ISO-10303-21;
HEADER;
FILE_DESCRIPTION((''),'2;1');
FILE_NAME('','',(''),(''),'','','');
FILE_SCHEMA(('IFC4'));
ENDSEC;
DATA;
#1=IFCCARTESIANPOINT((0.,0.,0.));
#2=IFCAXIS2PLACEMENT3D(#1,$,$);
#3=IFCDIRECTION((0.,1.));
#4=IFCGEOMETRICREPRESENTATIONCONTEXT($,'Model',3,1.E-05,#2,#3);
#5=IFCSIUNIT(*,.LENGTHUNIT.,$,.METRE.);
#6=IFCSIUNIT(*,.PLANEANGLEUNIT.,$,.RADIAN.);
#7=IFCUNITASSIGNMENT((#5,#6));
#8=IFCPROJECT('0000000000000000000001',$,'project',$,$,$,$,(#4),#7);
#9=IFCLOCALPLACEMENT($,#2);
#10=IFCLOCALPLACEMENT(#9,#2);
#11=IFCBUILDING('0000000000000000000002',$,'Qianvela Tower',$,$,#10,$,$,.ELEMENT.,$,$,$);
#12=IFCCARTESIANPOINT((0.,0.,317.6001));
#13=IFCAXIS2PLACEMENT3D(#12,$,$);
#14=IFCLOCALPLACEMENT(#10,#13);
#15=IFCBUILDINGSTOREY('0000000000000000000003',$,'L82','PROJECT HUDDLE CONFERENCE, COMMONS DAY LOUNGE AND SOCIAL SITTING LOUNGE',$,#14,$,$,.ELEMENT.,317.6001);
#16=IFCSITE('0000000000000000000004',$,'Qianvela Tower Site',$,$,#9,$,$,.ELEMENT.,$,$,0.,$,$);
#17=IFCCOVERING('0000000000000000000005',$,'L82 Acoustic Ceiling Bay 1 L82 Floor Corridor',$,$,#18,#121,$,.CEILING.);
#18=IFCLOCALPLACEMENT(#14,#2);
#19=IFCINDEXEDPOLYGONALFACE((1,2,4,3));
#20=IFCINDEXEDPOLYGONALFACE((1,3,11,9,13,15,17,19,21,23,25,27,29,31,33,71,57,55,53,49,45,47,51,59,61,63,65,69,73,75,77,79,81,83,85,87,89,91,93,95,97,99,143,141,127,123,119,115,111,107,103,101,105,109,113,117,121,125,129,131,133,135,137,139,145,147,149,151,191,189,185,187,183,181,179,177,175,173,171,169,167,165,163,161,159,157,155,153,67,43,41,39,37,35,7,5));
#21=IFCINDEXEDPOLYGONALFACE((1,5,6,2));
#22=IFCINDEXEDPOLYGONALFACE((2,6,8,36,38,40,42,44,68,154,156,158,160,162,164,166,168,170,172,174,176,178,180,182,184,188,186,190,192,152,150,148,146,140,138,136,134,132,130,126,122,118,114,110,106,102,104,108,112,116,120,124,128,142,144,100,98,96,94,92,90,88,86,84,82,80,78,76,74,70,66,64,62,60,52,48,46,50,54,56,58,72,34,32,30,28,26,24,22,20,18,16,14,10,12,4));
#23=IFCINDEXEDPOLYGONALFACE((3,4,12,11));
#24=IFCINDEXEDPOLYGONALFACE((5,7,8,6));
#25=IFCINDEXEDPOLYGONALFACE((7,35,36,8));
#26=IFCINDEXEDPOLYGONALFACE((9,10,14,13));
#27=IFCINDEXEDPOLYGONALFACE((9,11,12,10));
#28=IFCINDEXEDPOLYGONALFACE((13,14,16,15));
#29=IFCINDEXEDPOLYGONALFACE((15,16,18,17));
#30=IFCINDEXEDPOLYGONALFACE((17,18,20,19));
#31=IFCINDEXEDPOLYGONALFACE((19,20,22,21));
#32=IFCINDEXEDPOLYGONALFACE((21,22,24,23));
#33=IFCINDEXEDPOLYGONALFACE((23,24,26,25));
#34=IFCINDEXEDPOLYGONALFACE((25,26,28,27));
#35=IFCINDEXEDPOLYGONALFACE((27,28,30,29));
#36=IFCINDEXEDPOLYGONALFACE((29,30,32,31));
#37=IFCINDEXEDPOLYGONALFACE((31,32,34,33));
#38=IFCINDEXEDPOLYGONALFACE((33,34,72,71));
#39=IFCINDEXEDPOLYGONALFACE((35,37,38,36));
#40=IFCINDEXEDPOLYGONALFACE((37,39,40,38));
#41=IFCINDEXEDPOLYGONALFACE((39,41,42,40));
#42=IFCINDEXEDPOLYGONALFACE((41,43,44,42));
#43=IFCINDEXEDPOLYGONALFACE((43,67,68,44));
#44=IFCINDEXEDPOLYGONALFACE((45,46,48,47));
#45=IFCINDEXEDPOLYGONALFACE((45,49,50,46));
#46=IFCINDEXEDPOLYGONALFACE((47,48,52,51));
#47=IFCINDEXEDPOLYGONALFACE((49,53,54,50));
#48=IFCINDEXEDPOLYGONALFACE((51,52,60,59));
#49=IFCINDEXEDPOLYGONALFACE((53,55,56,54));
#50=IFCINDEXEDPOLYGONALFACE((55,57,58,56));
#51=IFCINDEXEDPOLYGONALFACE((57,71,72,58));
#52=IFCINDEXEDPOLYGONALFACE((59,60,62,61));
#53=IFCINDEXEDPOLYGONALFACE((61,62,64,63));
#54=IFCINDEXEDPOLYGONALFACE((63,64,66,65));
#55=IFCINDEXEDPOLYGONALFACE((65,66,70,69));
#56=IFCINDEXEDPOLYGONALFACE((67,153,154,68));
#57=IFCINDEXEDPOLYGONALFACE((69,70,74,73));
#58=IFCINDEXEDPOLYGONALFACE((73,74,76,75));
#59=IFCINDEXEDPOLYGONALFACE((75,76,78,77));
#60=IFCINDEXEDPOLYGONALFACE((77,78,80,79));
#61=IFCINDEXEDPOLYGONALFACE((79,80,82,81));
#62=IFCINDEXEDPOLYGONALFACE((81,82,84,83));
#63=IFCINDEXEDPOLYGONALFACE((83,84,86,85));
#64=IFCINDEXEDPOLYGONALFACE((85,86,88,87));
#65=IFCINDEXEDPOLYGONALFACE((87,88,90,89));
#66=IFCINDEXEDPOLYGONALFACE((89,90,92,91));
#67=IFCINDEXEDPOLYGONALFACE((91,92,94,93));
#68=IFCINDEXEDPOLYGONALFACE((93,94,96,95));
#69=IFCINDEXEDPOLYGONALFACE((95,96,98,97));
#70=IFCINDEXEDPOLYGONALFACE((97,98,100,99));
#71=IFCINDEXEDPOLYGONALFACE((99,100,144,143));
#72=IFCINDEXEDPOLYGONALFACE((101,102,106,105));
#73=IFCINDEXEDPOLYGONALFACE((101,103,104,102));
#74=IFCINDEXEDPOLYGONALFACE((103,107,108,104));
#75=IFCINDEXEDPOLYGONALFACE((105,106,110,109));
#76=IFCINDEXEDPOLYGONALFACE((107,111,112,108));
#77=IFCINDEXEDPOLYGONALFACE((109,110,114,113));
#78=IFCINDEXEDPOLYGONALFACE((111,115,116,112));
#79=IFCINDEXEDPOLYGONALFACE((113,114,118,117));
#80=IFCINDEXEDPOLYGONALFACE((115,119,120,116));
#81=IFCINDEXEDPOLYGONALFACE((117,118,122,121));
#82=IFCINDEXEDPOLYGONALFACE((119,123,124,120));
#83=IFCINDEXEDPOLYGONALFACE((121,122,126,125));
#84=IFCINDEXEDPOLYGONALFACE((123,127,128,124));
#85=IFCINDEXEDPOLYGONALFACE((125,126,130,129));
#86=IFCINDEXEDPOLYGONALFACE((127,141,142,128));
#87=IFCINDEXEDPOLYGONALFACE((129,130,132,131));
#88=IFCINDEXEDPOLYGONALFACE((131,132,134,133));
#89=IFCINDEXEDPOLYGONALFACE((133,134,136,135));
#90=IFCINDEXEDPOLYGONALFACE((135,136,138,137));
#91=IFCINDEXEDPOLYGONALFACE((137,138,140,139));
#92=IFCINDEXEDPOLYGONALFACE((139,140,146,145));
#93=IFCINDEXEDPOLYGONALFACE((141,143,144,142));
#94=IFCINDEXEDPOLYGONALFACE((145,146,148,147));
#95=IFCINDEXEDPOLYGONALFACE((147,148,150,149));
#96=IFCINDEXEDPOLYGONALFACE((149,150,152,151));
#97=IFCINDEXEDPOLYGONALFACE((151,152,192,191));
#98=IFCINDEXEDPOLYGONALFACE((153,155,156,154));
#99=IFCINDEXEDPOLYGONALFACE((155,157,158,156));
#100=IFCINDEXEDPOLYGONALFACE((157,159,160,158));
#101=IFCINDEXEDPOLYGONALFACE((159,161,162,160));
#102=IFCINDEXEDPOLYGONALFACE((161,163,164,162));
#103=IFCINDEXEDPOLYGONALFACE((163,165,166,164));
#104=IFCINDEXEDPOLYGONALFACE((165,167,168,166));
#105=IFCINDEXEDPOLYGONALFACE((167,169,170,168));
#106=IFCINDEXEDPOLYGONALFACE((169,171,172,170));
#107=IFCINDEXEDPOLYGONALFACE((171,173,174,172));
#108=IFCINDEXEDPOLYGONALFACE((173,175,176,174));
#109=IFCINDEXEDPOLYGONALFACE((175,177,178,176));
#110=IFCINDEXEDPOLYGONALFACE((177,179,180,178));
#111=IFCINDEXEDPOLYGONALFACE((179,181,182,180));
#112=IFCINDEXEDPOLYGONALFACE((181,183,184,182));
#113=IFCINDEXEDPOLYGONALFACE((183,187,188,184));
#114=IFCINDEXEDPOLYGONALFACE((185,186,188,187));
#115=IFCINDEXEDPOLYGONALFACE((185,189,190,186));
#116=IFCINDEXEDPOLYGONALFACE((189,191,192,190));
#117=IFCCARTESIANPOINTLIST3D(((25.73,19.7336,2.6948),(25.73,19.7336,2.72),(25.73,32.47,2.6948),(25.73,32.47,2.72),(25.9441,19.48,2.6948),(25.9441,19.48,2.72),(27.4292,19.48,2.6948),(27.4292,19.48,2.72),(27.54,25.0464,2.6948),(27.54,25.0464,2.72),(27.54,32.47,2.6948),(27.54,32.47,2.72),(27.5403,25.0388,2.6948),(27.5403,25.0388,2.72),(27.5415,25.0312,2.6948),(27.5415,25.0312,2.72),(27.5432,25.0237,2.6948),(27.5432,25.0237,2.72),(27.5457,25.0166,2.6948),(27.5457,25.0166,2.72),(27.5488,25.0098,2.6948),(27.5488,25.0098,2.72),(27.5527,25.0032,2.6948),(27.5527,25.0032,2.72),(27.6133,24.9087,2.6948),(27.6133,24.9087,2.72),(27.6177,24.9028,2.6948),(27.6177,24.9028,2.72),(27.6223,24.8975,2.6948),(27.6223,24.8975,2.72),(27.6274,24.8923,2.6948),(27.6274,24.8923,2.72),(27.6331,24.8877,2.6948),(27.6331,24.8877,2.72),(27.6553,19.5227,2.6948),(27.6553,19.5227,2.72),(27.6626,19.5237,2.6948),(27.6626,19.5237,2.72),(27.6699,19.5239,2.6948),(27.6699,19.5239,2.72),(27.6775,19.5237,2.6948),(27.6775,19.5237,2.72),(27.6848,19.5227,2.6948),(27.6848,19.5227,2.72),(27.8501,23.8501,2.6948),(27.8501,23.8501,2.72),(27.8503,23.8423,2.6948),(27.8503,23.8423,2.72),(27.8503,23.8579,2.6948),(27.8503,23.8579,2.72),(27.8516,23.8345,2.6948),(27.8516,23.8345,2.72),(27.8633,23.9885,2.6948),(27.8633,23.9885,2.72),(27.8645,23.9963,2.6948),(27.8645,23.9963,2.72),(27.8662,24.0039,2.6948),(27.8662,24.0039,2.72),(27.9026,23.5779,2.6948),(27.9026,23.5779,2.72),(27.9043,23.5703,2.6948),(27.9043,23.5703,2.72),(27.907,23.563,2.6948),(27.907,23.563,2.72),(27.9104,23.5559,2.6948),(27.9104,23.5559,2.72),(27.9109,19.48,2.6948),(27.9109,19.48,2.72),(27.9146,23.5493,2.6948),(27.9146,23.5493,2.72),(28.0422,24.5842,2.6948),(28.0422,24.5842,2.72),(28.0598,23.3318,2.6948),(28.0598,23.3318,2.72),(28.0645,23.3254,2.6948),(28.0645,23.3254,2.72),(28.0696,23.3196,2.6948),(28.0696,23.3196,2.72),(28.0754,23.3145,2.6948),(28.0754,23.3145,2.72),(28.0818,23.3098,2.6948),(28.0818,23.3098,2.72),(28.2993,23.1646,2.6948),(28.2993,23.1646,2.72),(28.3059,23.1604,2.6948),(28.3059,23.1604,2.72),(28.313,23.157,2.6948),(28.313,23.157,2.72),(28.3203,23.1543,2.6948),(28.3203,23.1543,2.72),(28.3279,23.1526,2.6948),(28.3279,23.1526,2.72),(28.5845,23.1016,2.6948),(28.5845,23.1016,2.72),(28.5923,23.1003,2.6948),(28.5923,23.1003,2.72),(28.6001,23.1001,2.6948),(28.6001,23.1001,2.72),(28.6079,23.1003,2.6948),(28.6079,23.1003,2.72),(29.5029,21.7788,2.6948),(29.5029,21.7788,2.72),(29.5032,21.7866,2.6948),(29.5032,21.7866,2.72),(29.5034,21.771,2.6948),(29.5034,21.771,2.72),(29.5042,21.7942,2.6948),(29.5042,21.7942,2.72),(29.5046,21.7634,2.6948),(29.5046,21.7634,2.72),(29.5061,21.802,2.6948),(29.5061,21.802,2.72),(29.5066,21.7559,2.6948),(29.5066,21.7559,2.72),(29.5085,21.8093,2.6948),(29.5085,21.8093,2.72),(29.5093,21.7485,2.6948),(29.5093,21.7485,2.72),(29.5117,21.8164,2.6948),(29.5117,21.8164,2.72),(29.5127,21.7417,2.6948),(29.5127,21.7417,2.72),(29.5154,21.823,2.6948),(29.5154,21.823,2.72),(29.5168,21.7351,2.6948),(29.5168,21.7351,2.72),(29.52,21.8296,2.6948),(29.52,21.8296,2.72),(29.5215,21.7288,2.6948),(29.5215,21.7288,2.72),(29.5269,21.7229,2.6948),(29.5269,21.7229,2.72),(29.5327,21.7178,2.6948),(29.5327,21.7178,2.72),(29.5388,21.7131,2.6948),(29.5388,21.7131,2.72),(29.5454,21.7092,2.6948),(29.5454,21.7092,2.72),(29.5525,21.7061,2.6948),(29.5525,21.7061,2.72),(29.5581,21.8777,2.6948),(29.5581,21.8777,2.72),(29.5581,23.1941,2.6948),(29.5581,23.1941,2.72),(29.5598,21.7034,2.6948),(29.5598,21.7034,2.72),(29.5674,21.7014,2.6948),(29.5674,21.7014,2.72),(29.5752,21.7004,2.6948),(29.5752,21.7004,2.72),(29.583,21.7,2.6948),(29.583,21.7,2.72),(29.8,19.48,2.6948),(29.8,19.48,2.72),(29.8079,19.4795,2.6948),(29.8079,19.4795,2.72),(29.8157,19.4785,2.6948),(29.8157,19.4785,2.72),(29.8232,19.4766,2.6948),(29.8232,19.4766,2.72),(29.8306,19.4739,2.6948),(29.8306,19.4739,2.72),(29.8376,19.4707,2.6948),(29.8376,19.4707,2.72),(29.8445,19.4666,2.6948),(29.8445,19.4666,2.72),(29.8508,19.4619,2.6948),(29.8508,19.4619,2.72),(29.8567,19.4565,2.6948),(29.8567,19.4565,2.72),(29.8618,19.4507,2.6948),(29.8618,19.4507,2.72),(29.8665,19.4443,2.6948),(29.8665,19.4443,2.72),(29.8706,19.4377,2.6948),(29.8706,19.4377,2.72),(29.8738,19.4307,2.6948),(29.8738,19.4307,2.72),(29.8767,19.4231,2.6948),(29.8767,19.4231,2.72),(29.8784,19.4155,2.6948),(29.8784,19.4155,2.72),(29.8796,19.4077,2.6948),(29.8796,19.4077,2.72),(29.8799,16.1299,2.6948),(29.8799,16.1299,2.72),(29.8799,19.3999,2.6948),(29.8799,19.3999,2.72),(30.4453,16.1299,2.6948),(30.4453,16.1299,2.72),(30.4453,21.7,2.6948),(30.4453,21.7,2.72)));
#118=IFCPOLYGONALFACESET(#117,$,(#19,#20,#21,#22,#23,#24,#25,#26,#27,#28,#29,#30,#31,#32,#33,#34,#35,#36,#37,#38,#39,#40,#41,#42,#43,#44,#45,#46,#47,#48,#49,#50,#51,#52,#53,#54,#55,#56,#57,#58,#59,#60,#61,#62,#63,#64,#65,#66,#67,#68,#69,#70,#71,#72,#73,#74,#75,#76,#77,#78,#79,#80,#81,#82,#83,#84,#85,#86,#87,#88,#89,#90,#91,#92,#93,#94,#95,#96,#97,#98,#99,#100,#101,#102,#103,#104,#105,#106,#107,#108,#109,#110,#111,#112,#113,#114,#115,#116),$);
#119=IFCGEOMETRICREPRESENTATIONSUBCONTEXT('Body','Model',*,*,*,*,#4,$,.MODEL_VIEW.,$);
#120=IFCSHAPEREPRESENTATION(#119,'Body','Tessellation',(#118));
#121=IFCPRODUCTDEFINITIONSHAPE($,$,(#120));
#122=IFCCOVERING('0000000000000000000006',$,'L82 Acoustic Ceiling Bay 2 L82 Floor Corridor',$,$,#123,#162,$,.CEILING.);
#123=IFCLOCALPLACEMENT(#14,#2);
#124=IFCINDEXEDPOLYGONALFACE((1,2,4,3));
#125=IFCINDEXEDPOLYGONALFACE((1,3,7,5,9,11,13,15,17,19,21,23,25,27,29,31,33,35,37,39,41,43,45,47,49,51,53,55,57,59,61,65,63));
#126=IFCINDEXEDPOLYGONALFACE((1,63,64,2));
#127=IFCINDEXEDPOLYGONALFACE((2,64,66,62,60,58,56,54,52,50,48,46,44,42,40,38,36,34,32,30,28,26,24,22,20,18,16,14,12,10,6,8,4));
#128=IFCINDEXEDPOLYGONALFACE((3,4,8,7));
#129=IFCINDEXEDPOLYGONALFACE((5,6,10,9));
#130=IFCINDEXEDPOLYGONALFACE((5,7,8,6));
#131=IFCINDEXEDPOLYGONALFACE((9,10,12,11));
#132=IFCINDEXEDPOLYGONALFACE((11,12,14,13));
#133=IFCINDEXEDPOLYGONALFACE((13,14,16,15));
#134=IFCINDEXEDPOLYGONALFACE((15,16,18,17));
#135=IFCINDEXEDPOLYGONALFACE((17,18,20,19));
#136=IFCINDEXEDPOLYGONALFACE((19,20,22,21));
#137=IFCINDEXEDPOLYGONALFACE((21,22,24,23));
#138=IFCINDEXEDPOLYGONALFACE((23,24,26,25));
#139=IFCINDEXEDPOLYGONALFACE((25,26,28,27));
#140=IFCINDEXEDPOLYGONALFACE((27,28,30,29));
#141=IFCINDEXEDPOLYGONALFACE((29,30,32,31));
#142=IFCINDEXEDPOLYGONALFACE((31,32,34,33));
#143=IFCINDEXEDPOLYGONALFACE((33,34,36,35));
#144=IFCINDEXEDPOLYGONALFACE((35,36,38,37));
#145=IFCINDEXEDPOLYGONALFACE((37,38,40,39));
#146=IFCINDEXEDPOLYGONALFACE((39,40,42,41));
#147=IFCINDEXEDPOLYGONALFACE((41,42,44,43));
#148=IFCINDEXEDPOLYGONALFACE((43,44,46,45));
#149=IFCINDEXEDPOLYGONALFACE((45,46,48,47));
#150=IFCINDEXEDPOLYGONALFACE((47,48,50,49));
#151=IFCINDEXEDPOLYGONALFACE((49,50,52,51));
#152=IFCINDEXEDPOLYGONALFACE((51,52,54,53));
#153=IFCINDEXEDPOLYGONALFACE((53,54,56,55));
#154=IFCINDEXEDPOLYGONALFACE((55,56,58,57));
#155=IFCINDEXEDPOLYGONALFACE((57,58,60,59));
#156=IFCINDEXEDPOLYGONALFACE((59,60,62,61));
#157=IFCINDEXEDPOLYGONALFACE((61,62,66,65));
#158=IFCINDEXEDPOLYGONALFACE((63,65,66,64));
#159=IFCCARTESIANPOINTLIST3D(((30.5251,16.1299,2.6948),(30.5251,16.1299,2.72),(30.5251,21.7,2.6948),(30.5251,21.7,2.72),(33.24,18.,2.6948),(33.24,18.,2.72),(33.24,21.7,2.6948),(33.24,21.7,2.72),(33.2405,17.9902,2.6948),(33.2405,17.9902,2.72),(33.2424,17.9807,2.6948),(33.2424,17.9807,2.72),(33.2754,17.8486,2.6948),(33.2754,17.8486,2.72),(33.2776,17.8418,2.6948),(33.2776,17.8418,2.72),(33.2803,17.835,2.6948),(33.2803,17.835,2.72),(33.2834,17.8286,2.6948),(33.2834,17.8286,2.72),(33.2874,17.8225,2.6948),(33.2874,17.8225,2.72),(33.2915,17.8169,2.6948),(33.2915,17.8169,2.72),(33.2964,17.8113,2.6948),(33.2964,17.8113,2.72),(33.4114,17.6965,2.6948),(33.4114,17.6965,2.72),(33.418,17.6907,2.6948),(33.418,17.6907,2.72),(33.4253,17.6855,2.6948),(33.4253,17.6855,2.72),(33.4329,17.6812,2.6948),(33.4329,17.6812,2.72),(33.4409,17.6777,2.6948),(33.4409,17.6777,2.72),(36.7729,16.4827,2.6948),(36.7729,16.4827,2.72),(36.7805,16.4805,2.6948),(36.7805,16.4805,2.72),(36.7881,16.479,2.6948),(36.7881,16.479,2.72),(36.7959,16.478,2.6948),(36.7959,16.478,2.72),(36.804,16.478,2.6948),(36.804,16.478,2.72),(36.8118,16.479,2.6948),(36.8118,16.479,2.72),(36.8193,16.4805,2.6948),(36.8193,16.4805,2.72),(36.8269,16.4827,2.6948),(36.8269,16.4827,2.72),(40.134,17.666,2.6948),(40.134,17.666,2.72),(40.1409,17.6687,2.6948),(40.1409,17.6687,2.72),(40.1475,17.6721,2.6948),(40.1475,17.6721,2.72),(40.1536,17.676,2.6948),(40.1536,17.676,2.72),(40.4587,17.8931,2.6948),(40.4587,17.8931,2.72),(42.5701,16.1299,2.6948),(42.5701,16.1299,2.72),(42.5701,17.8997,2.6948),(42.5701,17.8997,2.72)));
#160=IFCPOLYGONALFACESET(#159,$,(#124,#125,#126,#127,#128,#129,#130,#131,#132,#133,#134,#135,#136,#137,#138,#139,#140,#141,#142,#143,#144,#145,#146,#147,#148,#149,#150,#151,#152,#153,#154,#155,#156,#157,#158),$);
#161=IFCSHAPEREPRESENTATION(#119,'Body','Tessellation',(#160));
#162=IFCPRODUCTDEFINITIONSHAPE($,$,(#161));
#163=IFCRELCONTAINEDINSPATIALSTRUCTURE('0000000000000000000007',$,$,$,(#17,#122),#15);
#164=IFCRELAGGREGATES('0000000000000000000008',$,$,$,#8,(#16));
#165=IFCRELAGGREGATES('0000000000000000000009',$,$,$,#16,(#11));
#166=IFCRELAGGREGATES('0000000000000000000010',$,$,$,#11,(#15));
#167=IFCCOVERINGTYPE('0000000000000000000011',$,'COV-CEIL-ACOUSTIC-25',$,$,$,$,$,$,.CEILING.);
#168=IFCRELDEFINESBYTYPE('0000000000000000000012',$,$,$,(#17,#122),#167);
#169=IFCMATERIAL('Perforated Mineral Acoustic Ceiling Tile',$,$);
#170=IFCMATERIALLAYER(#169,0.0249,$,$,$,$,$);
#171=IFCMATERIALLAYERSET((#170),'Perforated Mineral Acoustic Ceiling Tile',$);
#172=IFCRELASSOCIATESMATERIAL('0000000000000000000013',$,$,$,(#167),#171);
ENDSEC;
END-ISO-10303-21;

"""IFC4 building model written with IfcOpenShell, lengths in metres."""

from ifc_helpers import new_model, si_unit, direction, frame, origin, place, context, subcontext, project, spatial, polyline, outline, extrude, material, layer, layer_set, type_object, element, save


model = new_model("IFC4")

# Units and contexts
model_context = context("Model", 3, precision=1e-05, world=origin(), true_north=direction((0.0, 1.0)))
body_context = subcontext(model_context, "Body", "Model", "MODEL_VIEW")
ifc_project = project(units=[si_unit("LENGTHUNIT", "METRE"), si_unit("PLANEANGLEUNIT", "RADIAN")], contexts=[model_context])

# Site, building, storey
site_placement = place(None, origin())
site = spatial("IfcSite", under=ifc_project, at=site_placement, Name="Qianvela Tower Site", CompositionType="ELEMENT", RefElevation=0.0)
building_placement = place(site_placement, origin())
building = spatial("IfcBuilding", under=site, at=building_placement, Name="Qianvela Tower", CompositionType="ELEMENT")
storey_placement = place(building_placement, frame((0.0, 0.0, 317.6001)))
storey = spatial("IfcBuildingStorey", under=building, at=storey_placement, Name="L82", Description="PROJECT HUDDLE CONFERENCE, COMMONS DAY LOUNGE AND SOCIAL SITTING LOUNGE", CompositionType="ELEMENT", Elevation=317.6001)

# Coverings
ifc_material_1 = material(Name="Perforated Mineral Acoustic Ceiling Tile")
ifc_layer_1 = layer(ifc_material_1, 0.0249)
ifc_layer_set_1 = layer_set([ifc_layer_1], Name="Perforated Mineral Acoustic Ceiling Tile")
covering_type_1 = type_object("IfcCoveringType", Name="COV-CEIL-ACOUSTIC-25", PredefinedType="CEILING", material=ifc_layer_set_1)
covering_1_placement = place(storey_placement, frame((0.0, 0.0, 2.6948)))
element("IfcCovering", 1, at=covering_1_placement, inside=storey, type_object=covering_type_1, Name="L82 Acoustic Ceiling Bay 1 L82 Floor Corridor", PredefinedType="CEILING", context=body_context, shape_type="SweptSolid", body=[
    extrude(outline(polyline([(27.54, 32.47), (27.54, 25.0464), (27.5403, 25.0388), (27.5415, 25.0312), (27.5432, 25.0237), (27.5457, 25.0166), (27.5488, 25.0098), (27.5527, 25.0032), (27.6133, 24.9087), (27.6177, 24.9028), (27.6223, 24.8975), (27.6274, 24.8923), (27.6331, 24.8877), (28.0422, 24.5842), (27.8662, 24.0039), (27.8645, 23.9963), (27.8633, 23.9885), (27.8503, 23.8579), (27.8501, 23.8501), (27.8503, 23.8423), (27.8516, 23.8345), (27.9026, 23.5779), (27.9043, 23.5703), (27.907, 23.563), (27.9104, 23.5559), (27.9146, 23.5493), (28.0598, 23.3318), (28.0645, 23.3254), (28.0696, 23.3196), (28.0754, 23.3145), (28.0818, 23.3098), (28.2993, 23.1646), (28.3059, 23.1604), (28.313, 23.157), (28.3203, 23.1543), (28.3279, 23.1526), (28.5845, 23.1016), (28.5923, 23.1003), (28.6001, 23.1001), (28.6079, 23.1003), (29.5581, 23.1941), (29.5581, 21.8777), (29.52, 21.8296), (29.5154, 21.823), (29.5117, 21.8164), (29.5085, 21.8093), (29.5061, 21.802), (29.5042, 21.7942), (29.5032, 21.7866), (29.5029, 21.7788), (29.5034, 21.771), (29.5046, 21.7634), (29.5066, 21.7559), (29.5093, 21.7485), (29.5127, 21.7417), (29.5168, 21.7351), (29.5215, 21.7288), (29.5269, 21.7229), (29.5327, 21.7178), (29.5388, 21.7131), (29.5454, 21.7092), (29.5525, 21.7061), (29.5598, 21.7034), (29.5674, 21.7014), (29.5752, 21.7004), (29.583, 21.7), (30.4453, 21.7), (30.4453, 16.1299), (29.8799, 16.1299), (29.8799, 19.3999), (29.8796, 19.4077), (29.8784, 19.4155), (29.8767, 19.4231), (29.8738, 19.4307), (29.8706, 19.4377), (29.8665, 19.4443), (29.8618, 19.4507), (29.8567, 19.4565), (29.8508, 19.4619), (29.8445, 19.4666), (29.8376, 19.4707), (29.8306, 19.4739), (29.8232, 19.4766), (29.8157, 19.4785), (29.8079, 19.4795), (29.8, 19.48), (27.9109, 19.48), (27.6848, 19.5227), (27.6775, 19.5237), (27.6699, 19.5239), (27.6626, 19.5237), (27.6553, 19.5227), (27.4292, 19.48), (25.9441, 19.48), (25.73, 19.7336), (25.73, 32.47), (27.54, 32.47)])), origin(), (0.0, 0.0, 1.0), 0.0251),
])
covering_2_placement = place(storey_placement, frame((0.0, 0.0, 2.6948)))
element("IfcCovering", 2, at=covering_2_placement, inside=storey, type_object=covering_type_1, Name="L82 Acoustic Ceiling Bay 2 L82 Floor Corridor", PredefinedType="CEILING", context=body_context, shape_type="SweptSolid", body=[
    extrude(outline(polyline([(33.24, 21.7), (33.24, 18.0), (33.2405, 17.9902), (33.2424, 17.9807), (33.2754, 17.8486), (33.2776, 17.8418), (33.2803, 17.835), (33.2834, 17.8286), (33.2874, 17.8225), (33.2915, 17.8169), (33.2964, 17.8113), (33.4114, 17.6965), (33.418, 17.6907), (33.4253, 17.6855), (33.4329, 17.6812), (33.4409, 17.6777), (36.7729, 16.4827), (36.7805, 16.4805), (36.7881, 16.479), (36.7959, 16.478), (36.804, 16.478), (36.8118, 16.479), (36.8193, 16.4805), (36.8269, 16.4827), (40.134, 17.666), (40.1409, 17.6687), (40.1475, 17.6721), (40.1536, 17.676), (40.4587, 17.8931), (42.5701, 17.8997), (42.5701, 16.1299), (30.5251, 16.1299), (30.5251, 21.7), (33.24, 21.7)])), origin(), (0.0, 0.0, 1.0), 0.0251),
])

save(model, "model.ifc")
